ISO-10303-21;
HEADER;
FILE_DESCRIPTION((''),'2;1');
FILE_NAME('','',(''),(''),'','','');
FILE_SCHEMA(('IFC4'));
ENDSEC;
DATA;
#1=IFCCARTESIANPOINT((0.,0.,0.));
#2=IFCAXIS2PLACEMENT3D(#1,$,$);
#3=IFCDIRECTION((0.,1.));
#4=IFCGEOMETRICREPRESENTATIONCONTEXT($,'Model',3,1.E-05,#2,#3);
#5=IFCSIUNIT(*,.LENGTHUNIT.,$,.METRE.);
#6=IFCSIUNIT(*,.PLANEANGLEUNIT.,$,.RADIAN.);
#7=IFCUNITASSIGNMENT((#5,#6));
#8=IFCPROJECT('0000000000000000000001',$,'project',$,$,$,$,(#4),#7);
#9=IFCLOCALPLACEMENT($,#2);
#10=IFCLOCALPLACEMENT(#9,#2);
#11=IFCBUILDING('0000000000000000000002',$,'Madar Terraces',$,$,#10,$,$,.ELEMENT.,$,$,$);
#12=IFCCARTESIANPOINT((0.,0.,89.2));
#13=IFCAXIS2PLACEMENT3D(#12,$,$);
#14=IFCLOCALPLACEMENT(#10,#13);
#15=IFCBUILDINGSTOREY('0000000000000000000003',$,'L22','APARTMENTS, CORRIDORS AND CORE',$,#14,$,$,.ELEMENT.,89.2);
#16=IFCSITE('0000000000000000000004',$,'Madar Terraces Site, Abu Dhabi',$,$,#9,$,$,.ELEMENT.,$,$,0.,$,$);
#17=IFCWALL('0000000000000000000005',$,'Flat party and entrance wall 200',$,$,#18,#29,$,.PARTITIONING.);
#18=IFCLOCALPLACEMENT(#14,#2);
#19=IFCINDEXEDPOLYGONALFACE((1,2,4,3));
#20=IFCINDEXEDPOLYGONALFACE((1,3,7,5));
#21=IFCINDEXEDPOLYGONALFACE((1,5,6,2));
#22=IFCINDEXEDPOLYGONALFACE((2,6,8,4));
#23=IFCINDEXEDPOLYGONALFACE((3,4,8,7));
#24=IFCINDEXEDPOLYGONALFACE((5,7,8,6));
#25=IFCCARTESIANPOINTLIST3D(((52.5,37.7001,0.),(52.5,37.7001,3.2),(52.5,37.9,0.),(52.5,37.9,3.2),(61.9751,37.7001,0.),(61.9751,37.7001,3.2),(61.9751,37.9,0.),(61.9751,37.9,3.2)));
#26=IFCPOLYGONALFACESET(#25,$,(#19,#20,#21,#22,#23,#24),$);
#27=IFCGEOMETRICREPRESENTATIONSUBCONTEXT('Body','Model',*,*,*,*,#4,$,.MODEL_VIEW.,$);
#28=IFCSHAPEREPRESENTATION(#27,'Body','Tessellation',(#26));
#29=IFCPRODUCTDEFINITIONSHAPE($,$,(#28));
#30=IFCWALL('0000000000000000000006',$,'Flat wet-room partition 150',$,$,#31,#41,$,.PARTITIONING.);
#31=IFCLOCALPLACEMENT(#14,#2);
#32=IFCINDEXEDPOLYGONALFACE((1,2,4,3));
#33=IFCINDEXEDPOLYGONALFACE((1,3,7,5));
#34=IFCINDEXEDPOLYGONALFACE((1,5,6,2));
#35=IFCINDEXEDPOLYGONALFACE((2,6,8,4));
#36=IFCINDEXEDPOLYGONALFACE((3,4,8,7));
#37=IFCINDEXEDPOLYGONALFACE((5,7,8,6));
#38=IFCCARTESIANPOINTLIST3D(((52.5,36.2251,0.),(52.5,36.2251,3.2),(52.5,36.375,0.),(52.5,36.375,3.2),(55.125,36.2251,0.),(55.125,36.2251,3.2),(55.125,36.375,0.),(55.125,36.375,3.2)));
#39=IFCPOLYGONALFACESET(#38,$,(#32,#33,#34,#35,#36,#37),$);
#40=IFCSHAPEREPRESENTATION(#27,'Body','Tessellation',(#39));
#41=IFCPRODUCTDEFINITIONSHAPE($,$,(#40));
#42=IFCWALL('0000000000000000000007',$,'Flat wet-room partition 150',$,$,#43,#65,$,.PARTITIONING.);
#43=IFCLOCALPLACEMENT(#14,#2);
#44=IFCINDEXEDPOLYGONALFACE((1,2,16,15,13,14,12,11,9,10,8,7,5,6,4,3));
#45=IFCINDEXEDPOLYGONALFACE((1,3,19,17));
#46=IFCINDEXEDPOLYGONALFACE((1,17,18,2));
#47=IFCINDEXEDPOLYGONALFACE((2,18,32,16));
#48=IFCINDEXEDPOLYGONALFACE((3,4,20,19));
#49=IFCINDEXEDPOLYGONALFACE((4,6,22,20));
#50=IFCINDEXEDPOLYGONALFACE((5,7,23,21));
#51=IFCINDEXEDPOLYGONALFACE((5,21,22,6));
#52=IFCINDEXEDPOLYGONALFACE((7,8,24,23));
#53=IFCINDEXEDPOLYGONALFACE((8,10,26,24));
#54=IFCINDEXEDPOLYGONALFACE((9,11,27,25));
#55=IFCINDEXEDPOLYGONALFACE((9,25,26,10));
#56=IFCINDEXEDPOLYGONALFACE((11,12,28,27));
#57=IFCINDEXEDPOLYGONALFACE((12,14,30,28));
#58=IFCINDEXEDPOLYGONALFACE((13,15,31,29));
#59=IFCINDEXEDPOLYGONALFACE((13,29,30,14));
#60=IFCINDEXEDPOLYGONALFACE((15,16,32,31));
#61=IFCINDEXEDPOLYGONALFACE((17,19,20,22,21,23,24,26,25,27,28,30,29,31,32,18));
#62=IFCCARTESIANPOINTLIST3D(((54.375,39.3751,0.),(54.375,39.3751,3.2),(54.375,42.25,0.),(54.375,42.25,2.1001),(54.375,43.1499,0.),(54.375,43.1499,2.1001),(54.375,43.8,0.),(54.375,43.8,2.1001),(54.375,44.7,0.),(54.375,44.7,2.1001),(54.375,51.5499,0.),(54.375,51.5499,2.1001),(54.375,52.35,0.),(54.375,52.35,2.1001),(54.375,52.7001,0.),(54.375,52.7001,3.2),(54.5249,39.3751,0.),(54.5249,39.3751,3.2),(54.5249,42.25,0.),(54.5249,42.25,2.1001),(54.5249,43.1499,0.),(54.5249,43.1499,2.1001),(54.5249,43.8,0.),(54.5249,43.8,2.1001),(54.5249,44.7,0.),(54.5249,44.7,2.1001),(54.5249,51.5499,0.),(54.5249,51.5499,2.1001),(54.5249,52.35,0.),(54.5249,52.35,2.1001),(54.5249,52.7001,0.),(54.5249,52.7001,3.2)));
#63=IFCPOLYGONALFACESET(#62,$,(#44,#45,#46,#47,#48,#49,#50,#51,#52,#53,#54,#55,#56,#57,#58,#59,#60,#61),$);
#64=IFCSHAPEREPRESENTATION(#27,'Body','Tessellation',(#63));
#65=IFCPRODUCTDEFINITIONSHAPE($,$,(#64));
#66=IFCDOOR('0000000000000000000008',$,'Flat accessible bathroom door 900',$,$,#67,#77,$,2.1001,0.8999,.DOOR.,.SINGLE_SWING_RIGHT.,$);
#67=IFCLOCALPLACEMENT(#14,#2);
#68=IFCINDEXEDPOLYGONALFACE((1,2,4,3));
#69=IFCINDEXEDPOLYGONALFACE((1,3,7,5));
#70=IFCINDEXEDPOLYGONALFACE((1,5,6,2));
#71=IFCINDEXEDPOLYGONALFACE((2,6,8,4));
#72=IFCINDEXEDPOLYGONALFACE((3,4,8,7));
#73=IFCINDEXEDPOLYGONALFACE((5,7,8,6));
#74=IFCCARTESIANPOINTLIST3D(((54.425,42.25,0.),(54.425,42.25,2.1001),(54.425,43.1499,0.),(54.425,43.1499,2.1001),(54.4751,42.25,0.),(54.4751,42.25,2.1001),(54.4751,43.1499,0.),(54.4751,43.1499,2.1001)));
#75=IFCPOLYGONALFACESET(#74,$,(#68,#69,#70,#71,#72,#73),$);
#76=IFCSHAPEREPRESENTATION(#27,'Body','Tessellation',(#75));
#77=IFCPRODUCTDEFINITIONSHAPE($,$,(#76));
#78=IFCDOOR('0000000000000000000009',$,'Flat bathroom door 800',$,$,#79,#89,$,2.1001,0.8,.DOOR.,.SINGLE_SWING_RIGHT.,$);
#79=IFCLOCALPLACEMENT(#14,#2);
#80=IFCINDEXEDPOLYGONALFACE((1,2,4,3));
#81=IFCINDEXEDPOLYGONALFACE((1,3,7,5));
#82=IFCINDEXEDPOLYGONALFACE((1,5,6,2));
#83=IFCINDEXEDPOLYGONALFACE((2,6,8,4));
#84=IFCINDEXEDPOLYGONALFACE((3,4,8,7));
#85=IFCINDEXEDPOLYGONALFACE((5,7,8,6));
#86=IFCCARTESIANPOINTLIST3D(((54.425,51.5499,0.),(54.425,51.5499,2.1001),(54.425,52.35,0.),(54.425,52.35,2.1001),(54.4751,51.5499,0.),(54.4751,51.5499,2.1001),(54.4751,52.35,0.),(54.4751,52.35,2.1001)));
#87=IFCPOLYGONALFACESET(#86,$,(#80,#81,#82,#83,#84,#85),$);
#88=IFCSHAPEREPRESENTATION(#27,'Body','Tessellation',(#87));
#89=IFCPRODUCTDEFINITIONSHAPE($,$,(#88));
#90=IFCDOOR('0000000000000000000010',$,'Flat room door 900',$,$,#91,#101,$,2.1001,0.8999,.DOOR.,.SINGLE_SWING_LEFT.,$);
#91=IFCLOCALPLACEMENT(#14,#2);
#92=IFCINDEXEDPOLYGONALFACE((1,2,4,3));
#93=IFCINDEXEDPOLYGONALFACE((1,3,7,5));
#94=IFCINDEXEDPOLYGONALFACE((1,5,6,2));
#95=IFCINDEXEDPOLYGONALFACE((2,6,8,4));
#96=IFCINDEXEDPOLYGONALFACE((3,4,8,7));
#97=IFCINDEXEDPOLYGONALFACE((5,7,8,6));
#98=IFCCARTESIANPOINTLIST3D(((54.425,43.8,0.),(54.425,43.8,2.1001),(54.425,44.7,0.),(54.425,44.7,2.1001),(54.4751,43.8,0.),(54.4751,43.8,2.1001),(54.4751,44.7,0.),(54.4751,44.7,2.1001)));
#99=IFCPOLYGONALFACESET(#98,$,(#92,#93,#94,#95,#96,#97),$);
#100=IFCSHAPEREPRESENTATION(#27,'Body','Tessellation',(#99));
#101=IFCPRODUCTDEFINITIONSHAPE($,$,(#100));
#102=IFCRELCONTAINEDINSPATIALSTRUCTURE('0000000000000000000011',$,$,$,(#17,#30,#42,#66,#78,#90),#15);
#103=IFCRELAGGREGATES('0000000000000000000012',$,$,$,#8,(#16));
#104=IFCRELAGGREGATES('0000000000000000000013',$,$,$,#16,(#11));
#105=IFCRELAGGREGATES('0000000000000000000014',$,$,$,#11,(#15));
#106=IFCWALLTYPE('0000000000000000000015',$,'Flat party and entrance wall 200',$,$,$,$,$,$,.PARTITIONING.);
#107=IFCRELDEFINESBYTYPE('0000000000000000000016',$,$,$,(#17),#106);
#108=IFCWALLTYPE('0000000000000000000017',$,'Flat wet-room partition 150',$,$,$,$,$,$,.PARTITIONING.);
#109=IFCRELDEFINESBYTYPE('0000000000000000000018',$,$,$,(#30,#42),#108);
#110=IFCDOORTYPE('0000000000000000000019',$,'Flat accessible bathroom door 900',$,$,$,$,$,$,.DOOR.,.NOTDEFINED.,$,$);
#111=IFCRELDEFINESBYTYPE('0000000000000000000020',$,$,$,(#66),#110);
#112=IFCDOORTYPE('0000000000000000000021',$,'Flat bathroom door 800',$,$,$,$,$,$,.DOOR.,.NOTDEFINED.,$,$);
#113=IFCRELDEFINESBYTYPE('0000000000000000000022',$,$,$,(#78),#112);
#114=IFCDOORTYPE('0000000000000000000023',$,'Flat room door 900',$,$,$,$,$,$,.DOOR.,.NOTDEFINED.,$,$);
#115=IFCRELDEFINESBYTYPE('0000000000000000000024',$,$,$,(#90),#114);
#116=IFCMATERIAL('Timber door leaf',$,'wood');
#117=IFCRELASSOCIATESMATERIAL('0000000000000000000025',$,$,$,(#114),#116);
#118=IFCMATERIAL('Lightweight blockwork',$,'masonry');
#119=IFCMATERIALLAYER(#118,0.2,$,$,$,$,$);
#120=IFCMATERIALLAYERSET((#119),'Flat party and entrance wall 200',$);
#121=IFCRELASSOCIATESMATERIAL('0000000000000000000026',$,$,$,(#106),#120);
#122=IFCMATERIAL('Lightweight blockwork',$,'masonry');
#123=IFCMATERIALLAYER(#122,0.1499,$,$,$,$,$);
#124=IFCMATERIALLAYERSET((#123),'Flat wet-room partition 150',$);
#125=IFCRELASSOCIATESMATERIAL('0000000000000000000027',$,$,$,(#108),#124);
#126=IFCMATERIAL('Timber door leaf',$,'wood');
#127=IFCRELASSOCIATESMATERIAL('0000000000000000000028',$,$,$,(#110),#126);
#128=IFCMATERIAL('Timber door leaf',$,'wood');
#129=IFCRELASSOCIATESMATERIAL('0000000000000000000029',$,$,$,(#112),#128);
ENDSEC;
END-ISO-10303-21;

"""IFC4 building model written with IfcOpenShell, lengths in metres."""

from ifc_helpers import new_model, si_unit, direction, frame, frame_2d, origin, place, context, subcontext, project, spatial, rectangle, extrude, material, layer, layer_set, type_object, element, fill, save


model = new_model("IFC4")

# Units and contexts
model_context = context("Model", 3, precision=1e-05, world=origin(), true_north=direction((0.0, 1.0)))
body_context = subcontext(model_context, "Body", "Model", "MODEL_VIEW")
ifc_project = project(units=[si_unit("LENGTHUNIT", "METRE"), si_unit("PLANEANGLEUNIT", "RADIAN")], contexts=[model_context])

# Site, building, storey
site_placement = place(None, origin())
site = spatial("IfcSite", under=ifc_project, at=site_placement, Name="Madar Terraces Site, Abu Dhabi", CompositionType="ELEMENT", RefElevation=0.0)
building_placement = place(site_placement, origin())
building = spatial("IfcBuilding", under=site, at=building_placement, Name="Madar Terraces", CompositionType="ELEMENT")
storey_placement = place(building_placement, frame((0.0, 0.0, 89.2)))
storey = spatial("IfcBuildingStorey", under=building, at=storey_placement, Name="L22", Description="APARTMENTS, CORRIDORS AND CORE", CompositionType="ELEMENT", Elevation=89.2)

# Shared definitions
ifc_material_1 = material(Name="Timber door leaf", Category="wood")
door_type_1 = type_object("IfcDoorType", Name="Flat room door 900", OperationType="NOTDEFINED", PredefinedType="DOOR", material=ifc_material_1)

# Walls
ifc_material_2 = material(Name="Lightweight blockwork", Category="masonry")
ifc_layer_1 = layer(ifc_material_2, 0.2)
ifc_layer_set_1 = layer_set([ifc_layer_1], Name="Flat party and entrance wall 200")
wall_type_1 = type_object("IfcWallType", Name="Flat party and entrance wall 200", PredefinedType="PARTITIONING", material=ifc_layer_set_1)
wall_1_placement = place(storey_placement, frame((52.5, 37.8, 0.0), z_axis=(0.0, 0.0, 1.0), x_axis=(1.0, 0.0, 0.0)))
element("IfcWall", 1, at=wall_1_placement, inside=storey, type_object=wall_type_1, Name="Flat party and entrance wall 200", PredefinedType="PARTITIONING", context=body_context, shape_type="SweptSolid", body=[
    extrude(rectangle(XDim=9.4751, YDim=0.2, at=frame_2d((4.7375, 0.0))), origin(), (0.0, 0.0, 1.0), 3.2),
])
ifc_material_3 = material(Name="Lightweight blockwork", Category="masonry")
ifc_layer_2 = layer(ifc_material_3, 0.1499)
ifc_layer_set_2 = layer_set([ifc_layer_2], Name="Flat wet-room partition 150")
wall_type_2 = type_object("IfcWallType", Name="Flat wet-room partition 150", PredefinedType="PARTITIONING", material=ifc_layer_set_2)
wall_2_placement = place(storey_placement, frame((52.5, 36.3, 0.0), z_axis=(0.0, 0.0, 1.0), x_axis=(1.0, 0.0, 0.0)))
element("IfcWall", 2, at=wall_2_placement, inside=storey, type_object=wall_type_2, Name="Flat wet-room partition 150", PredefinedType="PARTITIONING", context=body_context, shape_type="SweptSolid", body=[
    extrude(rectangle(XDim=2.625, YDim=0.1499, at=frame_2d((1.3125, 0.0))), origin(), (0.0, 0.0, 1.0), 3.2),
])

# Wall, openings, doors
wall_3_placement = place(storey_placement, frame((54.45, 39.375, 0.0), z_axis=(0.0, 0.0, 1.0), x_axis=(0.0, 1.0, 0.0)))
wall_3 = element("IfcWall", 3, at=wall_3_placement, inside=storey, type_object=wall_type_2, Name="Flat wet-room partition 150", PredefinedType="PARTITIONING", context=body_context, shape_type="SweptSolid", body=[
    extrude(rectangle(XDim=13.325, YDim=0.1499, at=frame_2d((6.6626, 0.0))), origin(), (0.0, 0.0, 1.0), 3.2),
])
opening_1_placement = place(wall_3_placement, frame((2.875, 0.0, 0.0)))
opening_1 = element("IfcOpeningElement", 4, at=opening_1_placement, cuts=wall_3, PredefinedType="OPENING", context=body_context, shape_type="SweptSolid", body=[
    extrude(rectangle(XDim=0.8999, YDim=2.1001, at=frame_2d((0.45, 1.05))), frame((0.0, 0.085, 0.0), z_axis=(0.0, -1.0, 0.0), x_axis=(1.0, 0.0, 0.0)), (0.0, 0.0, 1.0), 0.1699),
])
opening_2_placement = place(wall_3_placement, frame((4.425, 0.0, 0.0)))
opening_2 = element("IfcOpeningElement", 5, at=opening_2_placement, cuts=wall_3, PredefinedType="OPENING", context=body_context, shape_type="SweptSolid", body=[
    extrude(rectangle(XDim=0.8999, YDim=2.1001, at=frame_2d((0.45, 1.05))), frame((0.0, 0.085, 0.0), z_axis=(0.0, -1.0, 0.0), x_axis=(1.0, 0.0, 0.0)), (0.0, 0.0, 1.0), 0.1699),
])
opening_3_placement = place(wall_3_placement, frame((12.175, 0.0, 0.0)))
opening_3 = element("IfcOpeningElement", 6, at=opening_3_placement, cuts=wall_3, PredefinedType="OPENING", context=body_context, shape_type="SweptSolid", body=[
    extrude(rectangle(XDim=0.8, YDim=2.1001, at=frame_2d((0.3999, 1.05))), frame((0.0, 0.085, 0.0), z_axis=(0.0, -1.0, 0.0), x_axis=(1.0, 0.0, 0.0)), (0.0, 0.0, 1.0), 0.1699),
])
ifc_material_4 = material(Name="Timber door leaf", Category="wood")
door_type_2 = type_object("IfcDoorType", Name="Flat accessible bathroom door 900", OperationType="NOTDEFINED", PredefinedType="DOOR", material=ifc_material_4)
door_1_placement = place(opening_1_placement, origin())
door_1 = element("IfcDoor", 7, at=door_1_placement, inside=storey, type_object=door_type_2, Name="Flat accessible bathroom door 900", OperationType="SINGLE_SWING_RIGHT", OverallHeight=2.1001, OverallWidth=0.8999, PredefinedType="DOOR", context=body_context, shape_type="SweptSolid", body=[
    extrude(rectangle(XDim=0.8999, YDim=2.1001, at=frame_2d((0.45, 1.05))), frame((0.0, 0.0249, 0.0), z_axis=(0.0, -1.0, 0.0), x_axis=(1.0, 0.0, 0.0)), (0.0, 0.0, 1.0), 0.05),
])
fill(opening_1, door_1)
ifc_material_5 = material(Name="Timber door leaf", Category="wood")
door_type_3 = type_object("IfcDoorType", Name="Flat bathroom door 800", OperationType="NOTDEFINED", PredefinedType="DOOR", material=ifc_material_5)
door_2_placement = place(opening_3_placement, origin())
door_2 = element("IfcDoor", 8, at=door_2_placement, inside=storey, type_object=door_type_3, Name="Flat bathroom door 800", OperationType="SINGLE_SWING_RIGHT", OverallHeight=2.1001, OverallWidth=0.8, PredefinedType="DOOR", context=body_context, shape_type="SweptSolid", body=[
    extrude(rectangle(XDim=0.8, YDim=2.1001, at=frame_2d((0.3999, 1.05))), frame((0.0, 0.0249, 0.0), z_axis=(0.0, -1.0, 0.0), x_axis=(1.0, 0.0, 0.0)), (0.0, 0.0, 1.0), 0.05),
])
fill(opening_3, door_2)
door_3_placement = place(opening_2_placement, origin())
door_3 = element("IfcDoor", 9, at=door_3_placement, inside=storey, type_object=door_type_1, Name="Flat room door 900", OperationType="SINGLE_SWING_LEFT", OverallHeight=2.1001, OverallWidth=0.8999, PredefinedType="DOOR", context=body_context, shape_type="SweptSolid", body=[
    extrude(rectangle(XDim=0.8999, YDim=2.1001, at=frame_2d((0.45, 1.05))), frame((0.0, 0.0249, 0.0), z_axis=(0.0, -1.0, 0.0), x_axis=(1.0, 0.0, 0.0)), (0.0, 0.0, 1.0), 0.05),
])
fill(opening_2, door_3)

save(model, "model.ifc")
